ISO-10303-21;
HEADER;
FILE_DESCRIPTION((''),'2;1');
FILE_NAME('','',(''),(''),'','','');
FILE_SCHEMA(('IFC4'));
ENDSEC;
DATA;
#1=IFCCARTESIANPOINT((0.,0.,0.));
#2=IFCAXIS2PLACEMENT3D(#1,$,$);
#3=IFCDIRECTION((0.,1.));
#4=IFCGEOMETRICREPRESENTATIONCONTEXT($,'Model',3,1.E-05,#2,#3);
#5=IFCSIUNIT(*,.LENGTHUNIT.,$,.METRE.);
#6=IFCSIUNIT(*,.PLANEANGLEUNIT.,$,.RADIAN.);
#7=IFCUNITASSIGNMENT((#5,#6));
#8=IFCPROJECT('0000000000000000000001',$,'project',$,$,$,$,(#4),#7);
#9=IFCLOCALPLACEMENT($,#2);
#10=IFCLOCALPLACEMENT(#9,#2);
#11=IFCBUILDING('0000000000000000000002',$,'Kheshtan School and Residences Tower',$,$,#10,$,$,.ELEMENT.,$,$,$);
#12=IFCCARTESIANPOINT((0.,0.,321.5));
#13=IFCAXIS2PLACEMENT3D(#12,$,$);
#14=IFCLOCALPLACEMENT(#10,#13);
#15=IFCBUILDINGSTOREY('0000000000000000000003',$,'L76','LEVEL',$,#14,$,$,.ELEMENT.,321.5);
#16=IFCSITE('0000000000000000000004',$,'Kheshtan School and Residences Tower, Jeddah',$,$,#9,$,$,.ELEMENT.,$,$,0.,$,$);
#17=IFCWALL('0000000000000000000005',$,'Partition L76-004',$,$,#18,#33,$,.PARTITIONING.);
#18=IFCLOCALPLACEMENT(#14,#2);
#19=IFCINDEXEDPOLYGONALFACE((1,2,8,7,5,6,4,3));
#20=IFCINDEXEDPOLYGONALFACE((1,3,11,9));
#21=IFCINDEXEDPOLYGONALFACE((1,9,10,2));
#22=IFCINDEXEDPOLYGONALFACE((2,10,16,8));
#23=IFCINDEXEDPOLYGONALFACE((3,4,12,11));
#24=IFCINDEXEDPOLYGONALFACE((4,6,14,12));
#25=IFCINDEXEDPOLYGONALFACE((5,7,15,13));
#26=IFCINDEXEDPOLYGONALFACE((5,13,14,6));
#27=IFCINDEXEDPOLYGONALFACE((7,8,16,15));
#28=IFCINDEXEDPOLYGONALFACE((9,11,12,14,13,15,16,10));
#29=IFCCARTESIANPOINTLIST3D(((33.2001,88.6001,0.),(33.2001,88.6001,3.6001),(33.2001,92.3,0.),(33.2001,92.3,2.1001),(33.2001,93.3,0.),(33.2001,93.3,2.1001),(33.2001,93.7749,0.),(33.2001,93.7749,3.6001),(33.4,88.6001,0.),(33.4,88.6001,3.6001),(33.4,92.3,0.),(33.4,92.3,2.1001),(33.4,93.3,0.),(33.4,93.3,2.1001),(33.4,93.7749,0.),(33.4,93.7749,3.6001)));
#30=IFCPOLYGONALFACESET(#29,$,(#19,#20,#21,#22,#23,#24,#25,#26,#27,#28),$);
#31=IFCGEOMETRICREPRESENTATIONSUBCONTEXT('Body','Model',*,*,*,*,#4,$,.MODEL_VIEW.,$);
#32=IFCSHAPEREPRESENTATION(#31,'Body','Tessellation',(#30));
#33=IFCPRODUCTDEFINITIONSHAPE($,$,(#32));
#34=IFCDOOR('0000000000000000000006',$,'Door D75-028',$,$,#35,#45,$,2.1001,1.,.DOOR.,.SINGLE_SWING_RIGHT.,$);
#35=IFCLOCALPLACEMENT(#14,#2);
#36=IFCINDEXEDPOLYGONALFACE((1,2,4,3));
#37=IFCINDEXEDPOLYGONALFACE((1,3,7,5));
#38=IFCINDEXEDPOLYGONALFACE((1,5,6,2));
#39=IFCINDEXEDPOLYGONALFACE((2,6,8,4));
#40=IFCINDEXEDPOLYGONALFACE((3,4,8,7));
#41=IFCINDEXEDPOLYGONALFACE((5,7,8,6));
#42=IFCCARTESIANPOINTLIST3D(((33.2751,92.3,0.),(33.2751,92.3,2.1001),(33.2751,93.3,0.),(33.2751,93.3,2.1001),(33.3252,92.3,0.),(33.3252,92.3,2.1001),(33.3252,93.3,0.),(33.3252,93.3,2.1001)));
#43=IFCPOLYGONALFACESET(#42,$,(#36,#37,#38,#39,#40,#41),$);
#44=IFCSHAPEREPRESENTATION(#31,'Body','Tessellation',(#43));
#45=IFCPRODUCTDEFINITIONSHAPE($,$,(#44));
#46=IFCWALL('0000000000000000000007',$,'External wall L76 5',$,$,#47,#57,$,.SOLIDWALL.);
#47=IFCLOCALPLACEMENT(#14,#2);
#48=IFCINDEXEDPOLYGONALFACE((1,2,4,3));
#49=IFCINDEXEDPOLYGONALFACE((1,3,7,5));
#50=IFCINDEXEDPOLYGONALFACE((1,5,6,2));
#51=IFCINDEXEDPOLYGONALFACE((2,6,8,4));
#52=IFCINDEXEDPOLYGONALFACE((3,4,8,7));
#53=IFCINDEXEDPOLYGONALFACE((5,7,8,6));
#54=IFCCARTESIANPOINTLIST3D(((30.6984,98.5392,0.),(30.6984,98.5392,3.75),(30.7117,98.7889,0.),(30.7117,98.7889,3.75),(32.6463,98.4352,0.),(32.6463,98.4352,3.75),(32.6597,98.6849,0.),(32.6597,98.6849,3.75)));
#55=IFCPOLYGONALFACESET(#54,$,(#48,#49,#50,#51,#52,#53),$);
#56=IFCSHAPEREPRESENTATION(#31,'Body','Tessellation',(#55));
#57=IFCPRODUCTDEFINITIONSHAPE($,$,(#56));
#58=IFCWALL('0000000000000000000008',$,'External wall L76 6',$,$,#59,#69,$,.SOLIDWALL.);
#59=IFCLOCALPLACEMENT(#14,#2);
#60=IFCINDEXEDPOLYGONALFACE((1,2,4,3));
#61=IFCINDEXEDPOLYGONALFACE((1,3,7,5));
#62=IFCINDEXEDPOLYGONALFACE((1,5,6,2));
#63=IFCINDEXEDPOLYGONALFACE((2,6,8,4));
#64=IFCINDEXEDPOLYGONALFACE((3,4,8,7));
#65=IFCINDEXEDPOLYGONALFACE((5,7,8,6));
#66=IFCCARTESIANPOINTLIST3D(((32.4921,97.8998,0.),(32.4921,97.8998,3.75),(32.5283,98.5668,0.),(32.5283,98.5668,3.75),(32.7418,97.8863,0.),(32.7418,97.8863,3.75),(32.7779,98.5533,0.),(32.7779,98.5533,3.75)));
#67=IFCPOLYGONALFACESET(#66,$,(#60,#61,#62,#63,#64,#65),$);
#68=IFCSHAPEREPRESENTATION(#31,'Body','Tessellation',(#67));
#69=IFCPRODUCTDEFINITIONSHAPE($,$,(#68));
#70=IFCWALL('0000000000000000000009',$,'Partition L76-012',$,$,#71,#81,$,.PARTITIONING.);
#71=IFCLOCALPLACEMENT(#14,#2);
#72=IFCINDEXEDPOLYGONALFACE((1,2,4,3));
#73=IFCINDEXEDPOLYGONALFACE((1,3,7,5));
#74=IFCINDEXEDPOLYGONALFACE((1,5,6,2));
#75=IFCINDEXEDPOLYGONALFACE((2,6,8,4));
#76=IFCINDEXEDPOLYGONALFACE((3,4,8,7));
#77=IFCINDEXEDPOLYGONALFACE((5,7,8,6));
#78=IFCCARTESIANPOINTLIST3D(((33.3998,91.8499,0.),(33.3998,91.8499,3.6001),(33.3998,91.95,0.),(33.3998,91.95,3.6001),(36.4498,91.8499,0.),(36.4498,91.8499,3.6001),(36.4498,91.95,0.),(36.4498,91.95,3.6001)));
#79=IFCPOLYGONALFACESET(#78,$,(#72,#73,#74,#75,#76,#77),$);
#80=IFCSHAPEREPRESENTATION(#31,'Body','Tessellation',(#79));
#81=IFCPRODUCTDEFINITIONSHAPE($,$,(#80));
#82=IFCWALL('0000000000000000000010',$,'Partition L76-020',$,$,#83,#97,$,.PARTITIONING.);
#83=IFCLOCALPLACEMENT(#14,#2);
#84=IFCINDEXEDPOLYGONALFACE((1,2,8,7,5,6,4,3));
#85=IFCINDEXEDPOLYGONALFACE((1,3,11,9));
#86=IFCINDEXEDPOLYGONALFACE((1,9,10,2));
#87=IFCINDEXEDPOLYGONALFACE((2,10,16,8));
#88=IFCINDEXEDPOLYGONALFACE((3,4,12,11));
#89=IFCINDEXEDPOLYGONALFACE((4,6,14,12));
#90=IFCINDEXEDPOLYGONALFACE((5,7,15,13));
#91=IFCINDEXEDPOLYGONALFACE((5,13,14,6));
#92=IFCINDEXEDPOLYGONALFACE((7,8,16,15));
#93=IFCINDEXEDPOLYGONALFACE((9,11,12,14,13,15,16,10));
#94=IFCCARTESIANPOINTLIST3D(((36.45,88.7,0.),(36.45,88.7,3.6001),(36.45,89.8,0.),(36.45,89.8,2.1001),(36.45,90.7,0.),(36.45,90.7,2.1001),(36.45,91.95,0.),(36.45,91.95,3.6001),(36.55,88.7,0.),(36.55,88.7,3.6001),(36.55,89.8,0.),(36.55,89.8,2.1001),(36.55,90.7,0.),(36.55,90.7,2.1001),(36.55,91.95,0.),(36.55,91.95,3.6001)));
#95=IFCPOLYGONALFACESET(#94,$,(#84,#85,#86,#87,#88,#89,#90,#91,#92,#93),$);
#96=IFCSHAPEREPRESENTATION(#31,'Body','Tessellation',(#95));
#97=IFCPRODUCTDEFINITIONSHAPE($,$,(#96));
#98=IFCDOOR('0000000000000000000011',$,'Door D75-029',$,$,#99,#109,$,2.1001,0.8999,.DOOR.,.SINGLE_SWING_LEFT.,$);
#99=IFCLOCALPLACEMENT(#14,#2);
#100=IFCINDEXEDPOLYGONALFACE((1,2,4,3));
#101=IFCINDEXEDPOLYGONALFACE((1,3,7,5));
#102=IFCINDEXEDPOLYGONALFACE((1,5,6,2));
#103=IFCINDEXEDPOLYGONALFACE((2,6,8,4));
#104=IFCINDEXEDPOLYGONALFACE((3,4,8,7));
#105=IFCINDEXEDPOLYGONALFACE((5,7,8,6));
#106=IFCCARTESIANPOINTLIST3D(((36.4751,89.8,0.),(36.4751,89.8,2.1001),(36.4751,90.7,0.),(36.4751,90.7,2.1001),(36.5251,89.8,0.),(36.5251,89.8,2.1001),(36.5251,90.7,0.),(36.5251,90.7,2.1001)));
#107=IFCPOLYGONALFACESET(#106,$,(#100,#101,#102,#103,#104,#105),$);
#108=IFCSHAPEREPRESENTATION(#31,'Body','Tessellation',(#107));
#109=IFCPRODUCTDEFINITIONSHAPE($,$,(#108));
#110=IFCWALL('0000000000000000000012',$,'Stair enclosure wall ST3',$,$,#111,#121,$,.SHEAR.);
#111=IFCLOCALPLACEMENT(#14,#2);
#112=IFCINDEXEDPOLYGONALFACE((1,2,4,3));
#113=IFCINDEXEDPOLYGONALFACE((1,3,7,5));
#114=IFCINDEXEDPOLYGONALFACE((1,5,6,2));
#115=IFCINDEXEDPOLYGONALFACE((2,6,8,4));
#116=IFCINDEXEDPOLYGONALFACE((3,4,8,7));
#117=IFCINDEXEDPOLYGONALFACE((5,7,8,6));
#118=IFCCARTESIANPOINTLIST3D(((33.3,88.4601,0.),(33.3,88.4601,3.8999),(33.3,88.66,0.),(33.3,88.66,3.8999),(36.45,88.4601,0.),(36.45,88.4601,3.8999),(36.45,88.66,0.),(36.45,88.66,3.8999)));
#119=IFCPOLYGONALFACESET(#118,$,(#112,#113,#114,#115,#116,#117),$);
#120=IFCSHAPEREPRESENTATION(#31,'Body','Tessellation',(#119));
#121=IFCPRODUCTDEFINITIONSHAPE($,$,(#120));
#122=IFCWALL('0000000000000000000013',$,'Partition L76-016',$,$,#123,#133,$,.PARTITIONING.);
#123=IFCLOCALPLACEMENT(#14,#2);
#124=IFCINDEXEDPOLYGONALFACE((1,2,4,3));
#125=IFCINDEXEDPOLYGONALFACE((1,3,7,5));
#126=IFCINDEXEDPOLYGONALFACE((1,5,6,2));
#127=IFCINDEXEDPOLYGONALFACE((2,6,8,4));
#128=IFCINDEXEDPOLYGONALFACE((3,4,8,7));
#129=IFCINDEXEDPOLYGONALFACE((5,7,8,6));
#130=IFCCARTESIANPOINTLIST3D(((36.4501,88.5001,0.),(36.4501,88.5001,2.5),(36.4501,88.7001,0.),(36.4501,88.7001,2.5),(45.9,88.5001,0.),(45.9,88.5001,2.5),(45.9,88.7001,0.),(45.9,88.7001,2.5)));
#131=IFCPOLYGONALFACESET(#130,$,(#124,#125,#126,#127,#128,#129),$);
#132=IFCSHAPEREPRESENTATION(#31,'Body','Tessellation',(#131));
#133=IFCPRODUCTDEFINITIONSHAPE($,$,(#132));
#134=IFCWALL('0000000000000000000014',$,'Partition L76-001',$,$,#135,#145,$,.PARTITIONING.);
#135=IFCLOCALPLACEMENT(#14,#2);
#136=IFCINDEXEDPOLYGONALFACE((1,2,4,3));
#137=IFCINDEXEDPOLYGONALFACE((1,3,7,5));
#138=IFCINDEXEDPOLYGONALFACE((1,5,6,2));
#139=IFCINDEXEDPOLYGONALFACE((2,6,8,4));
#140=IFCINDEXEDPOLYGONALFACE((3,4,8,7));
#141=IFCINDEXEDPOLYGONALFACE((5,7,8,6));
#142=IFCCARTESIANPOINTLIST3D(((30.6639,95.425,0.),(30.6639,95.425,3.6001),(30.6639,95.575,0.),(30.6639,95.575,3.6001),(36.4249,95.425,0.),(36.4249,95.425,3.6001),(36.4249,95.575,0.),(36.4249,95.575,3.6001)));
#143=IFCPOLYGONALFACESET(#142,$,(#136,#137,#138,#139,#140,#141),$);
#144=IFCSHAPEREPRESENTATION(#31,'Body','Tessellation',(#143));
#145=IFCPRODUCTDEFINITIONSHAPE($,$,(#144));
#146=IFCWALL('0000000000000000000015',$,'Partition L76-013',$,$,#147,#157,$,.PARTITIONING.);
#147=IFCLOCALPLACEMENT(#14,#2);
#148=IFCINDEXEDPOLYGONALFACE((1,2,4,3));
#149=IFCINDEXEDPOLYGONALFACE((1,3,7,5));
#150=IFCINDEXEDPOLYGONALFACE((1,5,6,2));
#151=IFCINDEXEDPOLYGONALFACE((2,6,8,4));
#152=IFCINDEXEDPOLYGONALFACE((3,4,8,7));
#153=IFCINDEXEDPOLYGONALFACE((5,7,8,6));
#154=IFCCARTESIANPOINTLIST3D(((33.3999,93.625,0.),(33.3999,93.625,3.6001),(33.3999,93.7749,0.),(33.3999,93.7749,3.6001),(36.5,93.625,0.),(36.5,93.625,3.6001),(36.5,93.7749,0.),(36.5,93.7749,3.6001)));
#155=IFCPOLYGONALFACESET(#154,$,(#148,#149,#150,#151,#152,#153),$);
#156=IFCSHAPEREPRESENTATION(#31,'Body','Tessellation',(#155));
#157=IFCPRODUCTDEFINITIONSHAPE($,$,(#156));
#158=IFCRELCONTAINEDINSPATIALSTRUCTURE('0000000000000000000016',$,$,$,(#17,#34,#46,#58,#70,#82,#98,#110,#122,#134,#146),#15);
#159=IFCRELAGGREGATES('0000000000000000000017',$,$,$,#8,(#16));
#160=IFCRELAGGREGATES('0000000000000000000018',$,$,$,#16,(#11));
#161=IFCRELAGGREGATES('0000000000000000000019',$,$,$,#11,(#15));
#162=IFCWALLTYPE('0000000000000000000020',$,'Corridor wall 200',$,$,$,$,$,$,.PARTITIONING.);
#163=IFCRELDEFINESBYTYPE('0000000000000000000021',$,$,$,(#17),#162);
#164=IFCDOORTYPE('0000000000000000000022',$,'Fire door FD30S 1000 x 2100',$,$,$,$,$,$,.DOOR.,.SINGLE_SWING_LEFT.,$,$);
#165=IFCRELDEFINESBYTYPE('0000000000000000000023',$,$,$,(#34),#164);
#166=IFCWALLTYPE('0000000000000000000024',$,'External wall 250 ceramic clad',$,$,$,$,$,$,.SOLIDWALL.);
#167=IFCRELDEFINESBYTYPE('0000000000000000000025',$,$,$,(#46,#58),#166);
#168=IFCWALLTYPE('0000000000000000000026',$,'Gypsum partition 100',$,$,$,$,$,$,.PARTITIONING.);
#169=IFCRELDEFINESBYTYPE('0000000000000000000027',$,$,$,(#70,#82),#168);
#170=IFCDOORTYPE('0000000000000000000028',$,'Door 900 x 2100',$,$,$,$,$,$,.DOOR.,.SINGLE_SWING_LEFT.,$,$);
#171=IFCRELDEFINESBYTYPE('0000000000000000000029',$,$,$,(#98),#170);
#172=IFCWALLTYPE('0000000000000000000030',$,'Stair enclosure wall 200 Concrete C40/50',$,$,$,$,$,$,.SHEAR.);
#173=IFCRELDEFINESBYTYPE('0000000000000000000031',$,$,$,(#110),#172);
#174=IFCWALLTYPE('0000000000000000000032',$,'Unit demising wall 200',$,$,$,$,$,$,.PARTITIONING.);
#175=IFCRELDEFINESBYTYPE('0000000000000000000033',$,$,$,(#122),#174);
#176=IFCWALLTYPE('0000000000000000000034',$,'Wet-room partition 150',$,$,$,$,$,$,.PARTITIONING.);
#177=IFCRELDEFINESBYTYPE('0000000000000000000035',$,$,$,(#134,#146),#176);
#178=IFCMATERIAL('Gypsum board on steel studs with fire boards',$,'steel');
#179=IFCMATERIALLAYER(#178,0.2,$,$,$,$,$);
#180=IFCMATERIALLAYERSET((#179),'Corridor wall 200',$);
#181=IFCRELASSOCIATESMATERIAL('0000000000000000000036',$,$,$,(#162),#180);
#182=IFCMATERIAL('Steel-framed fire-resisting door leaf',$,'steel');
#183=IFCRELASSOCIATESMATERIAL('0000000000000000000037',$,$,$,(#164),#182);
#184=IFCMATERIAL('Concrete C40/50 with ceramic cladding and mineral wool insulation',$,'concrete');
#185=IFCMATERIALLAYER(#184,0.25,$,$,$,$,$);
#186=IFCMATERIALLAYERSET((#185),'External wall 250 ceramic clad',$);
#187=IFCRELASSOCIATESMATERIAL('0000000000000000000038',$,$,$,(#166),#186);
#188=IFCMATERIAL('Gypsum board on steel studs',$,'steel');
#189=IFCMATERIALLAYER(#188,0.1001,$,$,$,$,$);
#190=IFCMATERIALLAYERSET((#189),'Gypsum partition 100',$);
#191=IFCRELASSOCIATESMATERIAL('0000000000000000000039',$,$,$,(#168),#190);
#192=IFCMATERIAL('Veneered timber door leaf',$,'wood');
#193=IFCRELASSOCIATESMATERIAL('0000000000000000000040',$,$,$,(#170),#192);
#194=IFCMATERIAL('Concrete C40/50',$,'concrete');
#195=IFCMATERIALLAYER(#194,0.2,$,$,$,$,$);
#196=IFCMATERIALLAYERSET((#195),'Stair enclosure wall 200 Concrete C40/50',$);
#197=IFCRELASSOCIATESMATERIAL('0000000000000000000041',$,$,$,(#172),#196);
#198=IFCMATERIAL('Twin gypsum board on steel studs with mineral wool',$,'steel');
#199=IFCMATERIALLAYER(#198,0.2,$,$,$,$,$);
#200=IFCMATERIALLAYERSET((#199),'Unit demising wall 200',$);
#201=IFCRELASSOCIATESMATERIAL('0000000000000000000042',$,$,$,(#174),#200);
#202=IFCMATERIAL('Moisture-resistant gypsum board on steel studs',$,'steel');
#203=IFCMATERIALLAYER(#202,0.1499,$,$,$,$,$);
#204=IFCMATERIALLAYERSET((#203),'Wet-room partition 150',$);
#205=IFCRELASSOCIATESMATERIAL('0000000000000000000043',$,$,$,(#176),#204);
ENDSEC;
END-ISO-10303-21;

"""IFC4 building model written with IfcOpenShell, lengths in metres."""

from ifc_helpers import new_model, si_unit, direction, frame, frame_2d, origin, place, context, subcontext, project, spatial, rectangle, extrude, source, transform, mapped, material, layer, layer_set, type_object, element, fill, save


model = new_model("IFC4")

# Units and contexts
model_context = context("Model", 3, precision=1e-05, world=origin(), true_north=direction((0.0, 1.0)))
body_context = subcontext(model_context, "Body", "Model", "MODEL_VIEW")
ifc_project = project(units=[si_unit("LENGTHUNIT", "METRE"), si_unit("PLANEANGLEUNIT", "RADIAN")], contexts=[model_context])

# Site, building, storey
site_placement = place(None, origin())
site = spatial("IfcSite", under=ifc_project, at=site_placement, Name="Kheshtan School and Residences Tower, Jeddah", CompositionType="ELEMENT", RefElevation=0.0)
building_placement = place(site_placement, origin())
building = spatial("IfcBuilding", under=site, at=building_placement, Name="Kheshtan School and Residences Tower", CompositionType="ELEMENT")
storey_placement = place(building_placement, frame((0.0, 0.0, 321.5)))
storey = spatial("IfcBuildingStorey", under=building, at=storey_placement, Name="L76", Description="LEVEL", CompositionType="ELEMENT", Elevation=321.5)

# Shared definitions
ifc_material_1 = material(Name="Gypsum board on steel studs with fire boards", Category="steel")
ifc_layer_1 = layer(ifc_material_1, 0.2)
ifc_layer_set_1 = layer_set([ifc_layer_1], Name="Corridor wall 200")
wall_type_1 = type_object("IfcWallType", Name="Corridor wall 200", PredefinedType="PARTITIONING", material=ifc_layer_set_1)

# Wall, opening, door
wall_1_placement = place(storey_placement, frame((33.3, 88.6001, 0.0), z_axis=(0.0, 0.0, 1.0), x_axis=(0.0, 1.0, 0.0)))
wall_1 = element("IfcWall", 1, at=wall_1_placement, inside=storey, type_object=wall_type_1, Name="Partition L76-004", PredefinedType="PARTITIONING", context=body_context, shape_type="SweptSolid", body=[
    extrude(rectangle(XDim=5.1748, YDim=0.2, at=frame_2d((2.5874, 0.0))), origin(), (0.0, 0.0, 1.0), 3.6001),
])
opening_1_placement = place(wall_1_placement, frame((3.7, 0.0, 0.0)))
opening_1 = element("IfcOpeningElement", 2, at=opening_1_placement, cuts=wall_1, PredefinedType="OPENING", context=body_context, shape_type="SweptSolid", body=[
    extrude(rectangle(XDim=1.0, YDim=2.1001, at=frame_2d((0.5, 1.05))), frame((0.0, 0.1099, 0.0), z_axis=(0.0, -1.0, 0.0), x_axis=(1.0, 0.0, 0.0)), (0.0, 0.0, 1.0), 0.22),
])
ifc_material_2 = material(Name="Steel-framed fire-resisting door leaf", Category="steel")
door_type_1 = type_object("IfcDoorType", Name="Fire door FD30S 1000 x 2100", OperationType="SINGLE_SWING_LEFT", PredefinedType="DOOR", material=ifc_material_2)
shared_shape_1 = source(origin(), body_context, "Body", "SweptSolid", [
    extrude(rectangle(XDim=1.0, YDim=2.1001, at=frame_2d((0.5, 1.05))), frame((0.0, 0.0249, 0.0), z_axis=(0.0, -1.0, 0.0), x_axis=(1.0, 0.0, 0.0)), (0.0, 0.0, 1.0), 0.05),
])
door_1_placement = place(opening_1_placement, origin())
door_1 = element("IfcDoor", 3, at=door_1_placement, inside=storey, type_object=door_type_1, Name="Door D75-028", OperationType="SINGLE_SWING_RIGHT", OverallHeight=2.1001, OverallWidth=1.0, PredefinedType="DOOR", context=body_context, shape_type="MappedRepresentation", body=[
    mapped(shared_shape_1, transform((0.0, 0.0, 0.0), x_axis=(1.0, 0.0, 0.0), y_axis=(0.0, 1.0, 0.0), z_axis=(0.0, 0.0, 1.0), scale=1.0)),
])
fill(opening_1, door_1)

# Walls
ifc_material_3 = material(Name="Concrete C40/50 with ceramic cladding and mineral wool insulation", Category="concrete")
ifc_layer_2 = layer(ifc_material_3, 0.25)
ifc_layer_set_2 = layer_set([ifc_layer_2], Name="External wall 250 ceramic clad")
wall_type_2 = type_object("IfcWallType", Name="External wall 250 ceramic clad", PredefinedType="SOLIDWALL", material=ifc_layer_set_2)
wall_2_placement = place(storey_placement, frame((30.7051, 98.6641, 0.0), z_axis=(0.0, 0.0, 1.0), x_axis=(0.998578, -0.053314, 0.0)))
element("IfcWall", 4, at=wall_2_placement, inside=storey, type_object=wall_type_2, Name="External wall L76 5", PredefinedType="SOLIDWALL", context=body_context, shape_type="SweptSolid", body=[
    extrude(rectangle(XDim=1.9507, YDim=0.25, at=frame_2d((0.9753, 0.0))), origin(), (0.0, 0.0, 1.0), 3.75),
])
wall_3_placement = place(storey_placement, frame((32.6531, 98.5601, 0.0), z_axis=(0.0, 0.0, 1.0), x_axis=(-0.054093, -0.998536, 0.0)))
element("IfcWall", 5, at=wall_3_placement, inside=storey, type_object=wall_type_2, Name="External wall L76 6", PredefinedType="SOLIDWALL", context=body_context, shape_type="SweptSolid", body=[
    extrude(rectangle(XDim=0.668, YDim=0.25, at=frame_2d((0.334, 0.0))), origin(), (0.0, 0.0, 1.0), 3.75),
])
ifc_material_4 = material(Name="Gypsum board on steel studs", Category="steel")
ifc_layer_3 = layer(ifc_material_4, 0.1001)
ifc_layer_set_3 = layer_set([ifc_layer_3], Name="Gypsum partition 100")
wall_type_3 = type_object("IfcWallType", Name="Gypsum partition 100", PredefinedType="PARTITIONING", material=ifc_layer_set_3)
wall_4_placement = place(storey_placement, frame((33.3999, 91.8999, 0.0), z_axis=(0.0, 0.0, 1.0), x_axis=(1.0, 0.0, 0.0)))
element("IfcWall", 6, at=wall_4_placement, inside=storey, type_object=wall_type_3, Name="Partition L76-012", PredefinedType="PARTITIONING", context=body_context, shape_type="SweptSolid", body=[
    extrude(rectangle(XDim=3.05, YDim=0.1001, at=frame_2d((1.5249, 0.0))), origin(), (0.0, 0.0, 1.0), 3.6001),
])

# Wall, opening, door
wall_5_placement = place(storey_placement, frame((36.5, 88.7, 0.0), z_axis=(0.0, 0.0, 1.0), x_axis=(0.0, 1.0, 0.0)))
wall_5 = element("IfcWall", 7, at=wall_5_placement, inside=storey, type_object=wall_type_3, Name="Partition L76-020", PredefinedType="PARTITIONING", context=body_context, shape_type="SweptSolid", body=[
    extrude(rectangle(XDim=3.25, YDim=0.1001, at=frame_2d((1.625, 0.0))), origin(), (0.0, 0.0, 1.0), 3.6001),
])
opening_2_placement = place(wall_5_placement, frame((1.1001, 0.0, 0.0)))
opening_2 = element("IfcOpeningElement", 8, at=opening_2_placement, cuts=wall_5, PredefinedType="OPENING", context=body_context, shape_type="SweptSolid", body=[
    extrude(rectangle(XDim=0.8999, YDim=2.1001, at=frame_2d((0.45, 1.05))), frame((0.0, 0.0601, 0.0), z_axis=(0.0, -1.0, 0.0), x_axis=(1.0, 0.0, 0.0)), (0.0, 0.0, 1.0), 0.1201),
])
ifc_material_5 = material(Name="Veneered timber door leaf", Category="wood")
door_type_2 = type_object("IfcDoorType", Name="Door 900 x 2100", OperationType="SINGLE_SWING_LEFT", PredefinedType="DOOR", material=ifc_material_5)
shared_shape_2 = source(origin(), body_context, "Body", "SweptSolid", [
    extrude(rectangle(XDim=0.8999, YDim=2.1001, at=frame_2d((0.45, 1.05))), frame((0.0, 0.0249, 0.0), z_axis=(0.0, -1.0, 0.0), x_axis=(1.0, 0.0, 0.0)), (0.0, 0.0, 1.0), 0.05),
])
door_2_placement = place(opening_2_placement, origin())
door_2 = element("IfcDoor", 9, at=door_2_placement, inside=storey, type_object=door_type_2, Name="Door D75-029", OperationType="SINGLE_SWING_LEFT", OverallHeight=2.1001, OverallWidth=0.8999, PredefinedType="DOOR", context=body_context, shape_type="MappedRepresentation", body=[
    mapped(shared_shape_2, transform((0.0, 0.0, 0.0), x_axis=(1.0, 0.0, 0.0), y_axis=(0.0, 1.0, 0.0), z_axis=(0.0, 0.0, 1.0), scale=1.0)),
])
fill(opening_2, door_2)

# Walls
ifc_material_6 = material(Name="Concrete C40/50", Category="concrete")
ifc_layer_4 = layer(ifc_material_6, 0.2)
ifc_layer_set_4 = layer_set([ifc_layer_4], Name="Stair enclosure wall 200 Concrete C40/50")
wall_type_4 = type_object("IfcWallType", Name="Stair enclosure wall 200 Concrete C40/50", PredefinedType="SHEAR", material=ifc_layer_set_4)
wall_6_placement = place(storey_placement, frame((33.3, 88.5601, 0.0), z_axis=(0.0, 0.0, 1.0), x_axis=(1.0, 0.0, 0.0)))
element("IfcWall", 10, at=wall_6_placement, inside=storey, type_object=wall_type_4, Name="Stair enclosure wall ST3", PredefinedType="SHEAR", context=body_context, shape_type="SweptSolid", body=[
    extrude(rectangle(XDim=3.1499, YDim=0.2, at=frame_2d((1.575, 0.0))), origin(), (0.0, 0.0, 1.0), 3.8999),
])
ifc_material_7 = material(Name="Twin gypsum board on steel studs with mineral wool", Category="steel")
ifc_layer_5 = layer(ifc_material_7, 0.2)
ifc_layer_set_5 = layer_set([ifc_layer_5], Name="Unit demising wall 200")
wall_type_5 = type_object("IfcWallType", Name="Unit demising wall 200", PredefinedType="PARTITIONING", material=ifc_layer_set_5)
wall_7_placement = place(storey_placement, frame((36.45, 88.6001, 0.0), z_axis=(0.0, 0.0, 1.0), x_axis=(1.0, 0.0, 0.0)))
element("IfcWall", 11, at=wall_7_placement, inside=storey, type_object=wall_type_5, Name="Partition L76-016", PredefinedType="PARTITIONING", context=body_context, shape_type="SweptSolid", body=[
    extrude(rectangle(XDim=9.45, YDim=0.2, at=frame_2d((4.7251, 0.0))), origin(), (0.0, 0.0, 1.0), 2.5),
])
ifc_material_8 = material(Name="Moisture-resistant gypsum board on steel studs", Category="steel")
ifc_layer_6 = layer(ifc_material_8, 0.1499)
ifc_layer_set_6 = layer_set([ifc_layer_6], Name="Wet-room partition 150")
wall_type_6 = type_object("IfcWallType", Name="Wet-room partition 150", PredefinedType="PARTITIONING", material=ifc_layer_set_6)
wall_8_placement = place(storey_placement, frame((30.6641, 95.5, 0.0), z_axis=(0.0, 0.0, 1.0), x_axis=(1.0, 0.0, 0.0)))
element("IfcWall", 12, at=wall_8_placement, inside=storey, type_object=wall_type_6, Name="Partition L76-001", PredefinedType="PARTITIONING", context=body_context, shape_type="SweptSolid", body=[
    extrude(rectangle(XDim=5.761, YDim=0.1499, at=frame_2d((2.8804, 0.0))), origin(), (0.0, 0.0, 1.0), 3.6001),
])
wall_9_placement = place(storey_placement, frame((33.3999, 93.7, 0.0), z_axis=(0.0, 0.0, 1.0), x_axis=(1.0, 0.0, 0.0)))
element("IfcWall", 13, at=wall_9_placement, inside=storey, type_object=wall_type_6, Name="Partition L76-013", PredefinedType="PARTITIONING", context=body_context, shape_type="SweptSolid", body=[
    extrude(rectangle(XDim=3.1001, YDim=0.1499, at=frame_2d((1.55, 0.0))), origin(), (0.0, 0.0, 1.0), 3.6001),
])

save(model, "model.ifc")
